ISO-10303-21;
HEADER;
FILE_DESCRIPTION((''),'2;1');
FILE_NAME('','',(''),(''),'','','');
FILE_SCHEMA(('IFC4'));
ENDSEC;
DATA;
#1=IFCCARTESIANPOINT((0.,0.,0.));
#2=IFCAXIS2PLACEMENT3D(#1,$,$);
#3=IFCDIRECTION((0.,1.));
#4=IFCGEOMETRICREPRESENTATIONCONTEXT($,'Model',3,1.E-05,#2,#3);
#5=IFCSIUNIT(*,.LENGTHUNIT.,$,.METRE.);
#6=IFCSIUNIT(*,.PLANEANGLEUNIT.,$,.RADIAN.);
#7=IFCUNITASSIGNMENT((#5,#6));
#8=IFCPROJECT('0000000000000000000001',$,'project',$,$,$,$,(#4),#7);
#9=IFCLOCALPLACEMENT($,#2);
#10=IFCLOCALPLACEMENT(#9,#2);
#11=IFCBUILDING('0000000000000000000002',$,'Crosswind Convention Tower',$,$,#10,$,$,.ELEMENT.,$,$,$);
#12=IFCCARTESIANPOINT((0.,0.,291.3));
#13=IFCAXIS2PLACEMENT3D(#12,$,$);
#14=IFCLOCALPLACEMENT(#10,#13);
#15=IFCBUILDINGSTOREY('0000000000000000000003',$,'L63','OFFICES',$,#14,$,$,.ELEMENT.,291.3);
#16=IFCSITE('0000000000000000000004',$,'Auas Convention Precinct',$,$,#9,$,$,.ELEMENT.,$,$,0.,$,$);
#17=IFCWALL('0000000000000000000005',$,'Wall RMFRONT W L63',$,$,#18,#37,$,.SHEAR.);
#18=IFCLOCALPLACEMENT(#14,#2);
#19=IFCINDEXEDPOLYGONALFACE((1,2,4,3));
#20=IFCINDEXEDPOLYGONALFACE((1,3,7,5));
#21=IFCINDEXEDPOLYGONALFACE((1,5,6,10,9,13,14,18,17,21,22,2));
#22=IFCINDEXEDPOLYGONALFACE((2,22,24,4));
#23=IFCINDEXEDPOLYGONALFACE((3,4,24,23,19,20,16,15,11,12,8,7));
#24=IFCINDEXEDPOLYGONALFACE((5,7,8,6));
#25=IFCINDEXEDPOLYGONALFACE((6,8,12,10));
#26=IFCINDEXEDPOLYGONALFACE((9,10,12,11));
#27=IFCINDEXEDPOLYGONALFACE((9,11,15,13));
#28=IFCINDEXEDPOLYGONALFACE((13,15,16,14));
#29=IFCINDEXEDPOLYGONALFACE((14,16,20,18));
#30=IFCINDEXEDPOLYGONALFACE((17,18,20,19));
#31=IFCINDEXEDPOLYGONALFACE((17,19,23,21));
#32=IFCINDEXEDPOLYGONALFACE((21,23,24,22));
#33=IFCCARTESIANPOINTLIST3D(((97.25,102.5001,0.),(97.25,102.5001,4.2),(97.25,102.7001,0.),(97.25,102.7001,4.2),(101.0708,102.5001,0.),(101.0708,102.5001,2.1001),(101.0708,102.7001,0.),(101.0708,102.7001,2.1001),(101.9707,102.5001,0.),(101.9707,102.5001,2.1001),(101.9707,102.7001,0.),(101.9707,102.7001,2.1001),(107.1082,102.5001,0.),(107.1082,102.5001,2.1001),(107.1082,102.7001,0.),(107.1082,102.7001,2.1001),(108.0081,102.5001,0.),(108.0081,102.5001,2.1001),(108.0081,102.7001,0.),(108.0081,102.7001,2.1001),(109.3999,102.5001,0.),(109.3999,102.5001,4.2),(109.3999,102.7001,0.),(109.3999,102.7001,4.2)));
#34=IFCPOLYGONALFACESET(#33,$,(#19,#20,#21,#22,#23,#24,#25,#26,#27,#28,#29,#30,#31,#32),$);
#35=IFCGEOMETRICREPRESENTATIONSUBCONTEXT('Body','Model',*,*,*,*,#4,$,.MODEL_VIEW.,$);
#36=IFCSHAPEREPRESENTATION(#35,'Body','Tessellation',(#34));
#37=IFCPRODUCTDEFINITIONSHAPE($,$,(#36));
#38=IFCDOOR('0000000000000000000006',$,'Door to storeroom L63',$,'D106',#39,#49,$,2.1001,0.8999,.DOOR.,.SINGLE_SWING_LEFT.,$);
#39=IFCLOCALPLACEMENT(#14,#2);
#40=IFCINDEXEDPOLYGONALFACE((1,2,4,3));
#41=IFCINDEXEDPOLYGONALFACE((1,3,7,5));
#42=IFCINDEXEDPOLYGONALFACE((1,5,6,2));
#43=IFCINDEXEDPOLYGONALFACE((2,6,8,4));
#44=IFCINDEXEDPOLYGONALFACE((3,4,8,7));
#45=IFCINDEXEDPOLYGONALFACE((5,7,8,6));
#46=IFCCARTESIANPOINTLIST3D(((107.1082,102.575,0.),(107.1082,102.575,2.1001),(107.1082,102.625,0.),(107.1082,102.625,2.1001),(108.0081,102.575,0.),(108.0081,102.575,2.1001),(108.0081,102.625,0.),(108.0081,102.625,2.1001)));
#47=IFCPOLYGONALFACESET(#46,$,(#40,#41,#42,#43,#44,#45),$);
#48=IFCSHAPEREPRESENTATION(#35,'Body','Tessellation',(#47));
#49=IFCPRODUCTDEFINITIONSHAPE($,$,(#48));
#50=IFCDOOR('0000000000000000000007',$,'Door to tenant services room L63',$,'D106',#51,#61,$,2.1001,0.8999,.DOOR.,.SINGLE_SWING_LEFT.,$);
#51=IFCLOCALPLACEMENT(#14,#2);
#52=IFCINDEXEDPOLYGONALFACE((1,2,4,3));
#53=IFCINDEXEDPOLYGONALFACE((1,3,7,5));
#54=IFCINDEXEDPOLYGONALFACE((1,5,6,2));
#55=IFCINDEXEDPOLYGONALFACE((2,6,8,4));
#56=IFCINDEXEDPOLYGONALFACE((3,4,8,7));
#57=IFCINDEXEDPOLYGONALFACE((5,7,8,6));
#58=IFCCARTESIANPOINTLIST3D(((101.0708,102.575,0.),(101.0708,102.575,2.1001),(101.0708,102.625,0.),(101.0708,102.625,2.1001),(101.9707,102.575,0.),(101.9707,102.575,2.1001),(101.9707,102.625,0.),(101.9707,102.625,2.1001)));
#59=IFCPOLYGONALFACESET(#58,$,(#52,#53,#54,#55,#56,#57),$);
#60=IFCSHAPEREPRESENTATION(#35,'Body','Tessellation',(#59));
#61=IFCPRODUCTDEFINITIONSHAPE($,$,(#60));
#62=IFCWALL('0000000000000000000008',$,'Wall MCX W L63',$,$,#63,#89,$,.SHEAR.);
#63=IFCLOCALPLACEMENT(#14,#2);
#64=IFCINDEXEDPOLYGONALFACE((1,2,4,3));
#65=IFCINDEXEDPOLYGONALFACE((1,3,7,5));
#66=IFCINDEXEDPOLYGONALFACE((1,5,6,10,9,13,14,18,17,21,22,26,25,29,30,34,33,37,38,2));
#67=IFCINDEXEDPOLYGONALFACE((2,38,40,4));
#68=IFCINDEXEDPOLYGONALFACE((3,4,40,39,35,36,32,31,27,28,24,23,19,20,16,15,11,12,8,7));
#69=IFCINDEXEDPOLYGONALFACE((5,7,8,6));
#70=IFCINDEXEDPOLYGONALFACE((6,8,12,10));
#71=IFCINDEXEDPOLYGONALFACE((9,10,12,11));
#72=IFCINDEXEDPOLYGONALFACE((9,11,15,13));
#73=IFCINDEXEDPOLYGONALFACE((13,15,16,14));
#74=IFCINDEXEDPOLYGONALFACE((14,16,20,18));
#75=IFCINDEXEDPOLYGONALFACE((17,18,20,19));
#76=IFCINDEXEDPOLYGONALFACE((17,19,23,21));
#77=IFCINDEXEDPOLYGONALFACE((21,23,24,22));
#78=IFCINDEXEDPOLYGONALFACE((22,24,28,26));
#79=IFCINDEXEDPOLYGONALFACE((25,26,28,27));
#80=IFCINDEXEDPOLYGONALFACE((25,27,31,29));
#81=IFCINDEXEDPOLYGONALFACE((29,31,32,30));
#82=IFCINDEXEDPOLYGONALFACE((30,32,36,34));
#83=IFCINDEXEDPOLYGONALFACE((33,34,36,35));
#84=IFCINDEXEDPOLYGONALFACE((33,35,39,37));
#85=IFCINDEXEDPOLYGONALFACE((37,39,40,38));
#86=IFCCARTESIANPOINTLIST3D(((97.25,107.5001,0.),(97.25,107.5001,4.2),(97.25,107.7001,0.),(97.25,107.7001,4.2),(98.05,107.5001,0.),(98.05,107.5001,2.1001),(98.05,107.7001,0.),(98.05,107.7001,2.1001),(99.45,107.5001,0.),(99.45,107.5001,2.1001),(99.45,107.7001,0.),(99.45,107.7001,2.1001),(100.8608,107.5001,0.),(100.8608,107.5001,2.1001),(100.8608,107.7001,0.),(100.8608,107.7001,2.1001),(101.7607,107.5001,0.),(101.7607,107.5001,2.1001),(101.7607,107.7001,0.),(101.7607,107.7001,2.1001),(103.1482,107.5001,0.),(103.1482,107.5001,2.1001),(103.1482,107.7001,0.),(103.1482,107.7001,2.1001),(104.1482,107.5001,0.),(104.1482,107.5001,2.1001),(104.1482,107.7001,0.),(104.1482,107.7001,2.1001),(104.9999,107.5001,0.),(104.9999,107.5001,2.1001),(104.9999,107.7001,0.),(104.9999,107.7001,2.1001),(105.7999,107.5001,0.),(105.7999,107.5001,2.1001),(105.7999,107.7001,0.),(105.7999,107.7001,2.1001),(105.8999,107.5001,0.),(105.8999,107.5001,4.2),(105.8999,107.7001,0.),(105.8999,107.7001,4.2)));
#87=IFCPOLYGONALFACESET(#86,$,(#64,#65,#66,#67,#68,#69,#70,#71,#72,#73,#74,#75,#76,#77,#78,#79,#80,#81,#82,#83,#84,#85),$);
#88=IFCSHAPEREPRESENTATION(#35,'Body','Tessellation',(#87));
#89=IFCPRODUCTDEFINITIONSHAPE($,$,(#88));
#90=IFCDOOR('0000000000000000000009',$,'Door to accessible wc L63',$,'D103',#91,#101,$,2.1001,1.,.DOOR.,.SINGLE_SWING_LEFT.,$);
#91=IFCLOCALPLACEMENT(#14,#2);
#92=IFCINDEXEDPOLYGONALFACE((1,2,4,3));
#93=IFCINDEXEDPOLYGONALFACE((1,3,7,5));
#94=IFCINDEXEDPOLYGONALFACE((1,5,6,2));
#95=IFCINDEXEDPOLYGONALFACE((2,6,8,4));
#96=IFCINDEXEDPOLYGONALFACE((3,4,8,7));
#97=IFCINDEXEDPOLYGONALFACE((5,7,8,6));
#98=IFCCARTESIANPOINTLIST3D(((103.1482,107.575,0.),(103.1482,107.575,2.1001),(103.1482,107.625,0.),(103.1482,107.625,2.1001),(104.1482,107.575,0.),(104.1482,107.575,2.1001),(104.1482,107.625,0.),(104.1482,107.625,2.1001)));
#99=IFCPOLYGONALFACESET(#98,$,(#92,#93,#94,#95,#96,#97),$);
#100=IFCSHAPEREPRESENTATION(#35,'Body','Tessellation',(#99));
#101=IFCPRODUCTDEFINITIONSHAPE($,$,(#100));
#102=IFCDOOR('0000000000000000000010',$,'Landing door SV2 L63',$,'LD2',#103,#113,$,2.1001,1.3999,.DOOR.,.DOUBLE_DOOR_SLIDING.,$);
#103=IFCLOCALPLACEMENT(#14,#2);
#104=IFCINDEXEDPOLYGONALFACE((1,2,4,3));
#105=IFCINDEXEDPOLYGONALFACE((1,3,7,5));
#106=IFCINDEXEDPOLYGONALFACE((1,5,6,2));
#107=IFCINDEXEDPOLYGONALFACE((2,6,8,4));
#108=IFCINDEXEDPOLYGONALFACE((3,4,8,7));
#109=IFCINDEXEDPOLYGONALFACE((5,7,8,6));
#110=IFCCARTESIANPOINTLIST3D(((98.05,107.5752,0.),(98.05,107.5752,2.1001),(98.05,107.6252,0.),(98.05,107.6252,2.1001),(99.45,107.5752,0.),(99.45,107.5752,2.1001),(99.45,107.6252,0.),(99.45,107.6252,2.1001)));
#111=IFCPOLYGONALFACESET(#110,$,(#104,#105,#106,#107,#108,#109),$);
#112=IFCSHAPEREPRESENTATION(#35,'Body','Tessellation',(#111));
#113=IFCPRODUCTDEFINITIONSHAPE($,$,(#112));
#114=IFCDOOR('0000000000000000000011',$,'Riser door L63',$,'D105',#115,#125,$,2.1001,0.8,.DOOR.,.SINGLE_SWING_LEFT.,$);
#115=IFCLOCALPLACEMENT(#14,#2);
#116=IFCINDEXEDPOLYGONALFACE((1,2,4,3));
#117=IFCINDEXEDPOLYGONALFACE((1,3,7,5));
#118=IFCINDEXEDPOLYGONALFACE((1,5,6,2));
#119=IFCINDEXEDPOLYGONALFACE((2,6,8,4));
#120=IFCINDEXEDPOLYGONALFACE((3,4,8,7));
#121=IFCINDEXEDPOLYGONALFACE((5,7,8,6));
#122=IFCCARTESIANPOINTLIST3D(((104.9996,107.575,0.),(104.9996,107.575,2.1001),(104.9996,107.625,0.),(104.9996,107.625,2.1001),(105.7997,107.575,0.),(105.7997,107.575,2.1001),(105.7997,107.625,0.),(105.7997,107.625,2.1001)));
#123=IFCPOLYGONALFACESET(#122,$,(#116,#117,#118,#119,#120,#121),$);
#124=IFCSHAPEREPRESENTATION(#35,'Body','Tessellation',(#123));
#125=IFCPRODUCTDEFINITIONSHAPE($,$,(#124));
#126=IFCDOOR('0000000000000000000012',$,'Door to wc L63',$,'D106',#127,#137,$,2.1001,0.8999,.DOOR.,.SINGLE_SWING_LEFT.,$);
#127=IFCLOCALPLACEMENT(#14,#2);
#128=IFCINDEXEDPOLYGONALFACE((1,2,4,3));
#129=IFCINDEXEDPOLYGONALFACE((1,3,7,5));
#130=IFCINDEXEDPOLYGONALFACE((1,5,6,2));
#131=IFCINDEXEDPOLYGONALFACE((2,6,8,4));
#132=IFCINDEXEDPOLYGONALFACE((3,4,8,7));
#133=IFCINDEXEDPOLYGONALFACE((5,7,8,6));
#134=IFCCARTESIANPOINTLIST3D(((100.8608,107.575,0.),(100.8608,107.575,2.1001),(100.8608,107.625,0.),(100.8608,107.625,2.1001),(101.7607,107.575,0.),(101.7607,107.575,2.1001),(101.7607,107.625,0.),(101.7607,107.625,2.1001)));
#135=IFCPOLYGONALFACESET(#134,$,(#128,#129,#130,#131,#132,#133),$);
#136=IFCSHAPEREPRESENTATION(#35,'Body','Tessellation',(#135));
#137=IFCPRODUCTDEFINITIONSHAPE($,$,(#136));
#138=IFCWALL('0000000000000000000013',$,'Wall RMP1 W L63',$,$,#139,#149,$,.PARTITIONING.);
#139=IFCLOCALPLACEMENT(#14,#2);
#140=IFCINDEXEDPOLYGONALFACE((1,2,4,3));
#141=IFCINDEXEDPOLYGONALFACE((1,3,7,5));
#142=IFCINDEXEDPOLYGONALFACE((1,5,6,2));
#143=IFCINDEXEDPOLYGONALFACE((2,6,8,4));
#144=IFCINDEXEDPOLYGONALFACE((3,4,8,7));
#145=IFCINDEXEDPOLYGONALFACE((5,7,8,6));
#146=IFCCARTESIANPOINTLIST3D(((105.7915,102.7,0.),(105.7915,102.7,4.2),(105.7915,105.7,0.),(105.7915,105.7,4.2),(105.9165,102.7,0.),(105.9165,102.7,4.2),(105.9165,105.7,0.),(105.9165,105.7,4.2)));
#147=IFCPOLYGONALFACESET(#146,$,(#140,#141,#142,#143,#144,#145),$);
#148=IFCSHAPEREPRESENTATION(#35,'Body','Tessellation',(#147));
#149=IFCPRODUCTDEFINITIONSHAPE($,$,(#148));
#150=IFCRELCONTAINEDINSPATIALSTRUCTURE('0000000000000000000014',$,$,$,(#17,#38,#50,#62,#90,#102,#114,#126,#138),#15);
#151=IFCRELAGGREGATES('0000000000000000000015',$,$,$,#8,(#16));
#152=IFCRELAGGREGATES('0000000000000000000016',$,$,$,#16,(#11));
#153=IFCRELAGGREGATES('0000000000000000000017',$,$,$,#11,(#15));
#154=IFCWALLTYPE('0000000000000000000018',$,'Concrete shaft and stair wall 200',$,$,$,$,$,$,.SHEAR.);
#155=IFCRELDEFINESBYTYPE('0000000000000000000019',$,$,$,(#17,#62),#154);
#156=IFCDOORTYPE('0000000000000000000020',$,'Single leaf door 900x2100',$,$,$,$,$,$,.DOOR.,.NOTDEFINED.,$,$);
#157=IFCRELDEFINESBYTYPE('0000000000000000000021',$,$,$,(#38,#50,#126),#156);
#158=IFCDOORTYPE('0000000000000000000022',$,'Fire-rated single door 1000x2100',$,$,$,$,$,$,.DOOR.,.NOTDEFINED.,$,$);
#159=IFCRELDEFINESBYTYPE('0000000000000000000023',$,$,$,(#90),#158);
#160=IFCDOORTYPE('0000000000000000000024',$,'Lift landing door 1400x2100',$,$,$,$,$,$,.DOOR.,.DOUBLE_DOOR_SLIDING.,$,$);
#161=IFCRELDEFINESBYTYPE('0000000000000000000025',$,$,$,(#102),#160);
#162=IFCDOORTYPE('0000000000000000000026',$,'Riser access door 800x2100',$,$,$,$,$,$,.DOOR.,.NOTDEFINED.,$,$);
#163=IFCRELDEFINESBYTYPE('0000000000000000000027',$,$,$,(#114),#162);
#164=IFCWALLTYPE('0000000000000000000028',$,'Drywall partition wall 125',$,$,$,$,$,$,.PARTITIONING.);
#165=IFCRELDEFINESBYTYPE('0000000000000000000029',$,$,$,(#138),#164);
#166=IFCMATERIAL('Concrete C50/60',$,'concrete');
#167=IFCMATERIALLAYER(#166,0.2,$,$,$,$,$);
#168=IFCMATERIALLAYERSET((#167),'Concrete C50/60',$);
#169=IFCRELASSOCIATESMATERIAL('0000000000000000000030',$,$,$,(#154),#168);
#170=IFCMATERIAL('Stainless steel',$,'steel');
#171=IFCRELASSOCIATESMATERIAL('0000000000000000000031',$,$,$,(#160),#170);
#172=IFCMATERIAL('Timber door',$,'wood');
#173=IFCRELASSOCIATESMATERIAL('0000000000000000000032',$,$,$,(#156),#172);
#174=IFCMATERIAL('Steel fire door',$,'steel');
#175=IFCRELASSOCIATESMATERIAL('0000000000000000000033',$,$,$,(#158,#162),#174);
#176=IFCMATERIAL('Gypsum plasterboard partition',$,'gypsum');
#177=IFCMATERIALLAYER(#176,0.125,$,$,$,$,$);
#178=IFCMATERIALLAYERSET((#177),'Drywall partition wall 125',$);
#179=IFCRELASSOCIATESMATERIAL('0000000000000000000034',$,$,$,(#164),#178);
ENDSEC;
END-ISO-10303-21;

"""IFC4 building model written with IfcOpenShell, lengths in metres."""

from ifc_helpers import new_model, si_unit, direction, frame, frame_2d, origin, place, context, subcontext, project, spatial, rectangle, extrude, material, layer, layer_set, type_object, element, fill, save


model = new_model("IFC4")

# Units and contexts
model_context = context("Model", 3, precision=1e-05, world=origin(), true_north=direction((0.0, 1.0)))
body_context = subcontext(model_context, "Body", "Model", "MODEL_VIEW")
ifc_project = project(units=[si_unit("LENGTHUNIT", "METRE"), si_unit("PLANEANGLEUNIT", "RADIAN")], contexts=[model_context])

# Site, building, storey
site_placement = place(None, origin())
site = spatial("IfcSite", under=ifc_project, at=site_placement, Name="Auas Convention Precinct", CompositionType="ELEMENT", RefElevation=0.0)
building_placement = place(site_placement, origin())
building = spatial("IfcBuilding", under=site, at=building_placement, Name="Crosswind Convention Tower", CompositionType="ELEMENT")
storey_placement = place(building_placement, frame((0.0, 0.0, 291.3)))
storey = spatial("IfcBuildingStorey", under=building, at=storey_placement, Name="L63", Description="OFFICES", CompositionType="ELEMENT", Elevation=291.3)

# Shared definitions
ifc_material_1 = material(Name="Concrete C50/60", Category="concrete")
ifc_layer_1 = layer(ifc_material_1, 0.2)
ifc_layer_set_1 = layer_set([ifc_layer_1], Name="Concrete C50/60")
wall_type_1 = type_object("IfcWallType", Name="Concrete shaft and stair wall 200", PredefinedType="SHEAR", material=ifc_layer_set_1)

# Shared definitions
ifc_material_2 = material(Name="Stainless steel", Category="steel")
door_type_1 = type_object("IfcDoorType", Name="Lift landing door 1400x2100", OperationType="DOUBLE_DOOR_SLIDING", PredefinedType="DOOR", material=ifc_material_2)

# Walls, openings, doors
wall_1_placement = place(storey_placement, frame((109.3999, 102.6001, 0.0), z_axis=(0.0, 0.0, 1.0), x_axis=(-1.0, 0.0, 0.0)))
wall_1 = element("IfcWall", 1, at=wall_1_placement, inside=storey, type_object=wall_type_1, Name="Wall RMFRONT W L63", PredefinedType="SHEAR", context=body_context, shape_type="SweptSolid", body=[
    extrude(rectangle(XDim=12.1499, YDim=0.2, at=frame_2d((6.075, 0.0))), origin(), (0.0, 0.0, 1.0), 4.2),
])
opening_1_placement = place(wall_1_placement, frame((1.3918, 0.0, 0.0)))
opening_1 = element("IfcOpeningElement", 2, at=opening_1_placement, cuts=wall_1, PredefinedType="OPENING", context=body_context, shape_type="SweptSolid", body=[
    extrude(rectangle(XDim=0.8999, YDim=2.1001, at=frame_2d((0.45, 1.05))), frame((0.0, 0.1099, 0.0), z_axis=(0.0, -1.0, 0.0), x_axis=(1.0, 0.0, 0.0)), (0.0, 0.0, 1.0), 0.22),
])
opening_2_placement = place(wall_1_placement, frame((7.4292, 0.0, 0.0)))
opening_2 = element("IfcOpeningElement", 3, at=opening_2_placement, cuts=wall_1, PredefinedType="OPENING", context=body_context, shape_type="SweptSolid", body=[
    extrude(rectangle(XDim=0.8999, YDim=2.1001, at=frame_2d((0.45, 1.05))), frame((0.0, 0.1099, 0.0), z_axis=(0.0, -1.0, 0.0), x_axis=(1.0, 0.0, 0.0)), (0.0, 0.0, 1.0), 0.22),
])
ifc_material_3 = material(Name="Timber door", Category="wood")
door_type_2 = type_object("IfcDoorType", Name="Single leaf door 900x2100", OperationType="NOTDEFINED", PredefinedType="DOOR", material=ifc_material_3)
door_1_placement = place(opening_1_placement, frame((0.8999, 0.0, 0.0), z_axis=(0.0, 0.0, 1.0), x_axis=(-1.0, 0.0, 0.0)))
door_1 = element("IfcDoor", 4, at=door_1_placement, inside=storey, type_object=door_type_2, Name="Door to storeroom L63", ObjectType="D106", OperationType="SINGLE_SWING_LEFT", OverallHeight=2.1001, OverallWidth=0.8999, PredefinedType="DOOR", context=body_context, shape_type="SweptSolid", body=[
    extrude(rectangle(XDim=0.8999, YDim=2.1001, at=frame_2d((0.45, 1.05))), frame((0.0, 0.0249, 0.0), z_axis=(0.0, -1.0, 0.0), x_axis=(1.0, 0.0, 0.0)), (0.0, 0.0, 1.0), 0.05),
])
fill(opening_1, door_1)
door_2_placement = place(opening_2_placement, frame((0.8999, 0.0, 0.0), z_axis=(0.0, 0.0, 1.0), x_axis=(-1.0, 0.0, 0.0)))
door_2 = element("IfcDoor", 5, at=door_2_placement, inside=storey, type_object=door_type_2, Name="Door to tenant services room L63", ObjectType="D106", OperationType="SINGLE_SWING_LEFT", OverallHeight=2.1001, OverallWidth=0.8999, PredefinedType="DOOR", context=body_context, shape_type="SweptSolid", body=[
    extrude(rectangle(XDim=0.8999, YDim=2.1001, at=frame_2d((0.45, 1.05))), frame((0.0, 0.0249, 0.0), z_axis=(0.0, -1.0, 0.0), x_axis=(1.0, 0.0, 0.0)), (0.0, 0.0, 1.0), 0.05),
])
fill(opening_2, door_2)
wall_2_placement = place(storey_placement, frame((105.8999, 107.6001, 0.0), z_axis=(0.0, 0.0, 1.0), x_axis=(-1.0, 0.0, 0.0)))
wall_2 = element("IfcWall", 6, at=wall_2_placement, inside=storey, type_object=wall_type_1, Name="Wall MCX W L63", PredefinedType="SHEAR", context=body_context, shape_type="SweptSolid", body=[
    extrude(rectangle(XDim=8.6499, YDim=0.2, at=frame_2d((4.325, 0.0))), origin(), (0.0, 0.0, 1.0), 4.2),
])
opening_3_placement = place(wall_2_placement, frame((0.1001, 0.0, 0.0)))
opening_3 = element("IfcOpeningElement", 7, at=opening_3_placement, cuts=wall_2, PredefinedType="OPENING", context=body_context, shape_type="SweptSolid", body=[
    extrude(rectangle(XDim=0.8, YDim=2.1001, at=frame_2d((0.3999, 1.05))), frame((0.0, 0.1099, 0.0), z_axis=(0.0, -1.0, 0.0), x_axis=(1.0, 0.0, 0.0)), (0.0, 0.0, 1.0), 0.22),
])
opening_4_placement = place(wall_2_placement, frame((1.7517, 0.0, 0.0)))
opening_4 = element("IfcOpeningElement", 8, at=opening_4_placement, cuts=wall_2, PredefinedType="OPENING", context=body_context, shape_type="SweptSolid", body=[
    extrude(rectangle(XDim=1.0, YDim=2.1001, at=frame_2d((0.5, 1.05))), frame((0.0, 0.1099, 0.0), z_axis=(0.0, -1.0, 0.0), x_axis=(1.0, 0.0, 0.0)), (0.0, 0.0, 1.0), 0.22),
])
opening_5_placement = place(wall_2_placement, frame((4.1392, 0.0, 0.0)))
opening_5 = element("IfcOpeningElement", 9, at=opening_5_placement, cuts=wall_2, PredefinedType="OPENING", context=body_context, shape_type="SweptSolid", body=[
    extrude(rectangle(XDim=0.8999, YDim=2.1001, at=frame_2d((0.45, 1.05))), frame((0.0, 0.1099, 0.0), z_axis=(0.0, -1.0, 0.0), x_axis=(1.0, 0.0, 0.0)), (0.0, 0.0, 1.0), 0.22),
])
opening_6_placement = place(wall_2_placement, frame((6.45, 0.0, 0.0)))
opening_6 = element("IfcOpeningElement", 10, at=opening_6_placement, cuts=wall_2, PredefinedType="OPENING", context=body_context, shape_type="SweptSolid", body=[
    extrude(rectangle(XDim=1.3999, YDim=2.1001, at=frame_2d((0.7, 1.05))), frame((0.0, 0.1099, 0.0), z_axis=(0.0, -1.0, 0.0), x_axis=(1.0, 0.0, 0.0)), (0.0, 0.0, 1.0), 0.22),
])
ifc_material_4 = material(Name="Steel fire door", Category="steel")
door_type_3 = type_object("IfcDoorType", Name="Fire-rated single door 1000x2100", OperationType="NOTDEFINED", PredefinedType="DOOR", material=ifc_material_4)
door_3_placement = place(opening_4_placement, frame((1.0, 0.0, 0.0), z_axis=(0.0, 0.0, 1.0), x_axis=(-1.0, 0.0, 0.0)))
door_3 = element("IfcDoor", 11, at=door_3_placement, inside=storey, type_object=door_type_3, Name="Door to accessible wc L63", ObjectType="D103", OperationType="SINGLE_SWING_LEFT", OverallHeight=2.1001, OverallWidth=1.0, PredefinedType="DOOR", context=body_context, shape_type="SweptSolid", body=[
    extrude(rectangle(XDim=1.0, YDim=2.1001, at=frame_2d((0.5, 1.05))), frame((0.0, 0.0249, 0.0), z_axis=(0.0, -1.0, 0.0), x_axis=(1.0, 0.0, 0.0)), (0.0, 0.0, 1.0), 0.05),
])
fill(opening_4, door_3)
door_4_placement = place(opening_6_placement, origin())
door_4 = element("IfcDoor", 12, at=door_4_placement, inside=storey, type_object=door_type_1, Name="Landing door SV2 L63", ObjectType="LD2", OperationType="DOUBLE_DOOR_SLIDING", OverallHeight=2.1001, OverallWidth=1.3999, PredefinedType="DOOR", context=body_context, shape_type="SweptSolid", body=[
    extrude(rectangle(XDim=1.3999, YDim=2.1001, at=frame_2d((0.7, 1.05))), frame((0.0, 0.0249, 0.0), z_axis=(0.0, -1.0, 0.0), x_axis=(1.0, 0.0, 0.0)), (0.0, 0.0, 1.0), 0.05),
])
fill(opening_6, door_4)
door_type_4 = type_object("IfcDoorType", Name="Riser access door 800x2100", OperationType="NOTDEFINED", PredefinedType="DOOR", material=ifc_material_4)
door_5_placement = place(opening_3_placement, frame((0.8, 0.0, 0.0), z_axis=(0.0, 0.0, 1.0), x_axis=(-1.0, 0.0, 0.0)))
door_5 = element("IfcDoor", 13, at=door_5_placement, inside=storey, type_object=door_type_4, Name="Riser door L63", ObjectType="D105", OperationType="SINGLE_SWING_LEFT", OverallHeight=2.1001, OverallWidth=0.8, PredefinedType="DOOR", context=body_context, shape_type="SweptSolid", body=[
    extrude(rectangle(XDim=0.8, YDim=2.1001, at=frame_2d((0.3999, 1.05))), frame((0.0, 0.0249, 0.0), z_axis=(0.0, -1.0, 0.0), x_axis=(1.0, 0.0, 0.0)), (0.0, 0.0, 1.0), 0.05),
])
fill(opening_3, door_5)
door_6_placement = place(opening_5_placement, frame((0.8999, 0.0, 0.0), z_axis=(0.0, 0.0, 1.0), x_axis=(-1.0, 0.0, 0.0)))
door_6 = element("IfcDoor", 14, at=door_6_placement, inside=storey, type_object=door_type_2, Name="Door to wc L63", ObjectType="D106", OperationType="SINGLE_SWING_LEFT", OverallHeight=2.1001, OverallWidth=0.8999, PredefinedType="DOOR", context=body_context, shape_type="SweptSolid", body=[
    extrude(rectangle(XDim=0.8999, YDim=2.1001, at=frame_2d((0.45, 1.05))), frame((0.0, 0.0249, 0.0), z_axis=(0.0, -1.0, 0.0), x_axis=(1.0, 0.0, 0.0)), (0.0, 0.0, 1.0), 0.05),
])
fill(opening_5, door_6)

# Wall
ifc_material_5 = material(Name="Gypsum plasterboard partition", Category="gypsum")
ifc_layer_2 = layer(ifc_material_5, 0.125)
ifc_layer_set_2 = layer_set([ifc_layer_2], Name="Drywall partition wall 125")
wall_type_2 = type_object("IfcWallType", Name="Drywall partition wall 125", PredefinedType="PARTITIONING", material=ifc_layer_set_2)
wall_3_placement = place(storey_placement, frame((105.854, 105.7, 0.0), z_axis=(0.0, 0.0, 1.0), x_axis=(0.0, -1.0, 0.0)))
element("IfcWall", 15, at=wall_3_placement, inside=storey, type_object=wall_type_2, Name="Wall RMP1 W L63", PredefinedType="PARTITIONING", context=body_context, shape_type="SweptSolid", body=[
    extrude(rectangle(XDim=3.0, YDim=0.125, at=frame_2d((1.5, 0.0))), origin(), (0.0, 0.0, 1.0), 4.2),
])

save(model, "model.ifc")
